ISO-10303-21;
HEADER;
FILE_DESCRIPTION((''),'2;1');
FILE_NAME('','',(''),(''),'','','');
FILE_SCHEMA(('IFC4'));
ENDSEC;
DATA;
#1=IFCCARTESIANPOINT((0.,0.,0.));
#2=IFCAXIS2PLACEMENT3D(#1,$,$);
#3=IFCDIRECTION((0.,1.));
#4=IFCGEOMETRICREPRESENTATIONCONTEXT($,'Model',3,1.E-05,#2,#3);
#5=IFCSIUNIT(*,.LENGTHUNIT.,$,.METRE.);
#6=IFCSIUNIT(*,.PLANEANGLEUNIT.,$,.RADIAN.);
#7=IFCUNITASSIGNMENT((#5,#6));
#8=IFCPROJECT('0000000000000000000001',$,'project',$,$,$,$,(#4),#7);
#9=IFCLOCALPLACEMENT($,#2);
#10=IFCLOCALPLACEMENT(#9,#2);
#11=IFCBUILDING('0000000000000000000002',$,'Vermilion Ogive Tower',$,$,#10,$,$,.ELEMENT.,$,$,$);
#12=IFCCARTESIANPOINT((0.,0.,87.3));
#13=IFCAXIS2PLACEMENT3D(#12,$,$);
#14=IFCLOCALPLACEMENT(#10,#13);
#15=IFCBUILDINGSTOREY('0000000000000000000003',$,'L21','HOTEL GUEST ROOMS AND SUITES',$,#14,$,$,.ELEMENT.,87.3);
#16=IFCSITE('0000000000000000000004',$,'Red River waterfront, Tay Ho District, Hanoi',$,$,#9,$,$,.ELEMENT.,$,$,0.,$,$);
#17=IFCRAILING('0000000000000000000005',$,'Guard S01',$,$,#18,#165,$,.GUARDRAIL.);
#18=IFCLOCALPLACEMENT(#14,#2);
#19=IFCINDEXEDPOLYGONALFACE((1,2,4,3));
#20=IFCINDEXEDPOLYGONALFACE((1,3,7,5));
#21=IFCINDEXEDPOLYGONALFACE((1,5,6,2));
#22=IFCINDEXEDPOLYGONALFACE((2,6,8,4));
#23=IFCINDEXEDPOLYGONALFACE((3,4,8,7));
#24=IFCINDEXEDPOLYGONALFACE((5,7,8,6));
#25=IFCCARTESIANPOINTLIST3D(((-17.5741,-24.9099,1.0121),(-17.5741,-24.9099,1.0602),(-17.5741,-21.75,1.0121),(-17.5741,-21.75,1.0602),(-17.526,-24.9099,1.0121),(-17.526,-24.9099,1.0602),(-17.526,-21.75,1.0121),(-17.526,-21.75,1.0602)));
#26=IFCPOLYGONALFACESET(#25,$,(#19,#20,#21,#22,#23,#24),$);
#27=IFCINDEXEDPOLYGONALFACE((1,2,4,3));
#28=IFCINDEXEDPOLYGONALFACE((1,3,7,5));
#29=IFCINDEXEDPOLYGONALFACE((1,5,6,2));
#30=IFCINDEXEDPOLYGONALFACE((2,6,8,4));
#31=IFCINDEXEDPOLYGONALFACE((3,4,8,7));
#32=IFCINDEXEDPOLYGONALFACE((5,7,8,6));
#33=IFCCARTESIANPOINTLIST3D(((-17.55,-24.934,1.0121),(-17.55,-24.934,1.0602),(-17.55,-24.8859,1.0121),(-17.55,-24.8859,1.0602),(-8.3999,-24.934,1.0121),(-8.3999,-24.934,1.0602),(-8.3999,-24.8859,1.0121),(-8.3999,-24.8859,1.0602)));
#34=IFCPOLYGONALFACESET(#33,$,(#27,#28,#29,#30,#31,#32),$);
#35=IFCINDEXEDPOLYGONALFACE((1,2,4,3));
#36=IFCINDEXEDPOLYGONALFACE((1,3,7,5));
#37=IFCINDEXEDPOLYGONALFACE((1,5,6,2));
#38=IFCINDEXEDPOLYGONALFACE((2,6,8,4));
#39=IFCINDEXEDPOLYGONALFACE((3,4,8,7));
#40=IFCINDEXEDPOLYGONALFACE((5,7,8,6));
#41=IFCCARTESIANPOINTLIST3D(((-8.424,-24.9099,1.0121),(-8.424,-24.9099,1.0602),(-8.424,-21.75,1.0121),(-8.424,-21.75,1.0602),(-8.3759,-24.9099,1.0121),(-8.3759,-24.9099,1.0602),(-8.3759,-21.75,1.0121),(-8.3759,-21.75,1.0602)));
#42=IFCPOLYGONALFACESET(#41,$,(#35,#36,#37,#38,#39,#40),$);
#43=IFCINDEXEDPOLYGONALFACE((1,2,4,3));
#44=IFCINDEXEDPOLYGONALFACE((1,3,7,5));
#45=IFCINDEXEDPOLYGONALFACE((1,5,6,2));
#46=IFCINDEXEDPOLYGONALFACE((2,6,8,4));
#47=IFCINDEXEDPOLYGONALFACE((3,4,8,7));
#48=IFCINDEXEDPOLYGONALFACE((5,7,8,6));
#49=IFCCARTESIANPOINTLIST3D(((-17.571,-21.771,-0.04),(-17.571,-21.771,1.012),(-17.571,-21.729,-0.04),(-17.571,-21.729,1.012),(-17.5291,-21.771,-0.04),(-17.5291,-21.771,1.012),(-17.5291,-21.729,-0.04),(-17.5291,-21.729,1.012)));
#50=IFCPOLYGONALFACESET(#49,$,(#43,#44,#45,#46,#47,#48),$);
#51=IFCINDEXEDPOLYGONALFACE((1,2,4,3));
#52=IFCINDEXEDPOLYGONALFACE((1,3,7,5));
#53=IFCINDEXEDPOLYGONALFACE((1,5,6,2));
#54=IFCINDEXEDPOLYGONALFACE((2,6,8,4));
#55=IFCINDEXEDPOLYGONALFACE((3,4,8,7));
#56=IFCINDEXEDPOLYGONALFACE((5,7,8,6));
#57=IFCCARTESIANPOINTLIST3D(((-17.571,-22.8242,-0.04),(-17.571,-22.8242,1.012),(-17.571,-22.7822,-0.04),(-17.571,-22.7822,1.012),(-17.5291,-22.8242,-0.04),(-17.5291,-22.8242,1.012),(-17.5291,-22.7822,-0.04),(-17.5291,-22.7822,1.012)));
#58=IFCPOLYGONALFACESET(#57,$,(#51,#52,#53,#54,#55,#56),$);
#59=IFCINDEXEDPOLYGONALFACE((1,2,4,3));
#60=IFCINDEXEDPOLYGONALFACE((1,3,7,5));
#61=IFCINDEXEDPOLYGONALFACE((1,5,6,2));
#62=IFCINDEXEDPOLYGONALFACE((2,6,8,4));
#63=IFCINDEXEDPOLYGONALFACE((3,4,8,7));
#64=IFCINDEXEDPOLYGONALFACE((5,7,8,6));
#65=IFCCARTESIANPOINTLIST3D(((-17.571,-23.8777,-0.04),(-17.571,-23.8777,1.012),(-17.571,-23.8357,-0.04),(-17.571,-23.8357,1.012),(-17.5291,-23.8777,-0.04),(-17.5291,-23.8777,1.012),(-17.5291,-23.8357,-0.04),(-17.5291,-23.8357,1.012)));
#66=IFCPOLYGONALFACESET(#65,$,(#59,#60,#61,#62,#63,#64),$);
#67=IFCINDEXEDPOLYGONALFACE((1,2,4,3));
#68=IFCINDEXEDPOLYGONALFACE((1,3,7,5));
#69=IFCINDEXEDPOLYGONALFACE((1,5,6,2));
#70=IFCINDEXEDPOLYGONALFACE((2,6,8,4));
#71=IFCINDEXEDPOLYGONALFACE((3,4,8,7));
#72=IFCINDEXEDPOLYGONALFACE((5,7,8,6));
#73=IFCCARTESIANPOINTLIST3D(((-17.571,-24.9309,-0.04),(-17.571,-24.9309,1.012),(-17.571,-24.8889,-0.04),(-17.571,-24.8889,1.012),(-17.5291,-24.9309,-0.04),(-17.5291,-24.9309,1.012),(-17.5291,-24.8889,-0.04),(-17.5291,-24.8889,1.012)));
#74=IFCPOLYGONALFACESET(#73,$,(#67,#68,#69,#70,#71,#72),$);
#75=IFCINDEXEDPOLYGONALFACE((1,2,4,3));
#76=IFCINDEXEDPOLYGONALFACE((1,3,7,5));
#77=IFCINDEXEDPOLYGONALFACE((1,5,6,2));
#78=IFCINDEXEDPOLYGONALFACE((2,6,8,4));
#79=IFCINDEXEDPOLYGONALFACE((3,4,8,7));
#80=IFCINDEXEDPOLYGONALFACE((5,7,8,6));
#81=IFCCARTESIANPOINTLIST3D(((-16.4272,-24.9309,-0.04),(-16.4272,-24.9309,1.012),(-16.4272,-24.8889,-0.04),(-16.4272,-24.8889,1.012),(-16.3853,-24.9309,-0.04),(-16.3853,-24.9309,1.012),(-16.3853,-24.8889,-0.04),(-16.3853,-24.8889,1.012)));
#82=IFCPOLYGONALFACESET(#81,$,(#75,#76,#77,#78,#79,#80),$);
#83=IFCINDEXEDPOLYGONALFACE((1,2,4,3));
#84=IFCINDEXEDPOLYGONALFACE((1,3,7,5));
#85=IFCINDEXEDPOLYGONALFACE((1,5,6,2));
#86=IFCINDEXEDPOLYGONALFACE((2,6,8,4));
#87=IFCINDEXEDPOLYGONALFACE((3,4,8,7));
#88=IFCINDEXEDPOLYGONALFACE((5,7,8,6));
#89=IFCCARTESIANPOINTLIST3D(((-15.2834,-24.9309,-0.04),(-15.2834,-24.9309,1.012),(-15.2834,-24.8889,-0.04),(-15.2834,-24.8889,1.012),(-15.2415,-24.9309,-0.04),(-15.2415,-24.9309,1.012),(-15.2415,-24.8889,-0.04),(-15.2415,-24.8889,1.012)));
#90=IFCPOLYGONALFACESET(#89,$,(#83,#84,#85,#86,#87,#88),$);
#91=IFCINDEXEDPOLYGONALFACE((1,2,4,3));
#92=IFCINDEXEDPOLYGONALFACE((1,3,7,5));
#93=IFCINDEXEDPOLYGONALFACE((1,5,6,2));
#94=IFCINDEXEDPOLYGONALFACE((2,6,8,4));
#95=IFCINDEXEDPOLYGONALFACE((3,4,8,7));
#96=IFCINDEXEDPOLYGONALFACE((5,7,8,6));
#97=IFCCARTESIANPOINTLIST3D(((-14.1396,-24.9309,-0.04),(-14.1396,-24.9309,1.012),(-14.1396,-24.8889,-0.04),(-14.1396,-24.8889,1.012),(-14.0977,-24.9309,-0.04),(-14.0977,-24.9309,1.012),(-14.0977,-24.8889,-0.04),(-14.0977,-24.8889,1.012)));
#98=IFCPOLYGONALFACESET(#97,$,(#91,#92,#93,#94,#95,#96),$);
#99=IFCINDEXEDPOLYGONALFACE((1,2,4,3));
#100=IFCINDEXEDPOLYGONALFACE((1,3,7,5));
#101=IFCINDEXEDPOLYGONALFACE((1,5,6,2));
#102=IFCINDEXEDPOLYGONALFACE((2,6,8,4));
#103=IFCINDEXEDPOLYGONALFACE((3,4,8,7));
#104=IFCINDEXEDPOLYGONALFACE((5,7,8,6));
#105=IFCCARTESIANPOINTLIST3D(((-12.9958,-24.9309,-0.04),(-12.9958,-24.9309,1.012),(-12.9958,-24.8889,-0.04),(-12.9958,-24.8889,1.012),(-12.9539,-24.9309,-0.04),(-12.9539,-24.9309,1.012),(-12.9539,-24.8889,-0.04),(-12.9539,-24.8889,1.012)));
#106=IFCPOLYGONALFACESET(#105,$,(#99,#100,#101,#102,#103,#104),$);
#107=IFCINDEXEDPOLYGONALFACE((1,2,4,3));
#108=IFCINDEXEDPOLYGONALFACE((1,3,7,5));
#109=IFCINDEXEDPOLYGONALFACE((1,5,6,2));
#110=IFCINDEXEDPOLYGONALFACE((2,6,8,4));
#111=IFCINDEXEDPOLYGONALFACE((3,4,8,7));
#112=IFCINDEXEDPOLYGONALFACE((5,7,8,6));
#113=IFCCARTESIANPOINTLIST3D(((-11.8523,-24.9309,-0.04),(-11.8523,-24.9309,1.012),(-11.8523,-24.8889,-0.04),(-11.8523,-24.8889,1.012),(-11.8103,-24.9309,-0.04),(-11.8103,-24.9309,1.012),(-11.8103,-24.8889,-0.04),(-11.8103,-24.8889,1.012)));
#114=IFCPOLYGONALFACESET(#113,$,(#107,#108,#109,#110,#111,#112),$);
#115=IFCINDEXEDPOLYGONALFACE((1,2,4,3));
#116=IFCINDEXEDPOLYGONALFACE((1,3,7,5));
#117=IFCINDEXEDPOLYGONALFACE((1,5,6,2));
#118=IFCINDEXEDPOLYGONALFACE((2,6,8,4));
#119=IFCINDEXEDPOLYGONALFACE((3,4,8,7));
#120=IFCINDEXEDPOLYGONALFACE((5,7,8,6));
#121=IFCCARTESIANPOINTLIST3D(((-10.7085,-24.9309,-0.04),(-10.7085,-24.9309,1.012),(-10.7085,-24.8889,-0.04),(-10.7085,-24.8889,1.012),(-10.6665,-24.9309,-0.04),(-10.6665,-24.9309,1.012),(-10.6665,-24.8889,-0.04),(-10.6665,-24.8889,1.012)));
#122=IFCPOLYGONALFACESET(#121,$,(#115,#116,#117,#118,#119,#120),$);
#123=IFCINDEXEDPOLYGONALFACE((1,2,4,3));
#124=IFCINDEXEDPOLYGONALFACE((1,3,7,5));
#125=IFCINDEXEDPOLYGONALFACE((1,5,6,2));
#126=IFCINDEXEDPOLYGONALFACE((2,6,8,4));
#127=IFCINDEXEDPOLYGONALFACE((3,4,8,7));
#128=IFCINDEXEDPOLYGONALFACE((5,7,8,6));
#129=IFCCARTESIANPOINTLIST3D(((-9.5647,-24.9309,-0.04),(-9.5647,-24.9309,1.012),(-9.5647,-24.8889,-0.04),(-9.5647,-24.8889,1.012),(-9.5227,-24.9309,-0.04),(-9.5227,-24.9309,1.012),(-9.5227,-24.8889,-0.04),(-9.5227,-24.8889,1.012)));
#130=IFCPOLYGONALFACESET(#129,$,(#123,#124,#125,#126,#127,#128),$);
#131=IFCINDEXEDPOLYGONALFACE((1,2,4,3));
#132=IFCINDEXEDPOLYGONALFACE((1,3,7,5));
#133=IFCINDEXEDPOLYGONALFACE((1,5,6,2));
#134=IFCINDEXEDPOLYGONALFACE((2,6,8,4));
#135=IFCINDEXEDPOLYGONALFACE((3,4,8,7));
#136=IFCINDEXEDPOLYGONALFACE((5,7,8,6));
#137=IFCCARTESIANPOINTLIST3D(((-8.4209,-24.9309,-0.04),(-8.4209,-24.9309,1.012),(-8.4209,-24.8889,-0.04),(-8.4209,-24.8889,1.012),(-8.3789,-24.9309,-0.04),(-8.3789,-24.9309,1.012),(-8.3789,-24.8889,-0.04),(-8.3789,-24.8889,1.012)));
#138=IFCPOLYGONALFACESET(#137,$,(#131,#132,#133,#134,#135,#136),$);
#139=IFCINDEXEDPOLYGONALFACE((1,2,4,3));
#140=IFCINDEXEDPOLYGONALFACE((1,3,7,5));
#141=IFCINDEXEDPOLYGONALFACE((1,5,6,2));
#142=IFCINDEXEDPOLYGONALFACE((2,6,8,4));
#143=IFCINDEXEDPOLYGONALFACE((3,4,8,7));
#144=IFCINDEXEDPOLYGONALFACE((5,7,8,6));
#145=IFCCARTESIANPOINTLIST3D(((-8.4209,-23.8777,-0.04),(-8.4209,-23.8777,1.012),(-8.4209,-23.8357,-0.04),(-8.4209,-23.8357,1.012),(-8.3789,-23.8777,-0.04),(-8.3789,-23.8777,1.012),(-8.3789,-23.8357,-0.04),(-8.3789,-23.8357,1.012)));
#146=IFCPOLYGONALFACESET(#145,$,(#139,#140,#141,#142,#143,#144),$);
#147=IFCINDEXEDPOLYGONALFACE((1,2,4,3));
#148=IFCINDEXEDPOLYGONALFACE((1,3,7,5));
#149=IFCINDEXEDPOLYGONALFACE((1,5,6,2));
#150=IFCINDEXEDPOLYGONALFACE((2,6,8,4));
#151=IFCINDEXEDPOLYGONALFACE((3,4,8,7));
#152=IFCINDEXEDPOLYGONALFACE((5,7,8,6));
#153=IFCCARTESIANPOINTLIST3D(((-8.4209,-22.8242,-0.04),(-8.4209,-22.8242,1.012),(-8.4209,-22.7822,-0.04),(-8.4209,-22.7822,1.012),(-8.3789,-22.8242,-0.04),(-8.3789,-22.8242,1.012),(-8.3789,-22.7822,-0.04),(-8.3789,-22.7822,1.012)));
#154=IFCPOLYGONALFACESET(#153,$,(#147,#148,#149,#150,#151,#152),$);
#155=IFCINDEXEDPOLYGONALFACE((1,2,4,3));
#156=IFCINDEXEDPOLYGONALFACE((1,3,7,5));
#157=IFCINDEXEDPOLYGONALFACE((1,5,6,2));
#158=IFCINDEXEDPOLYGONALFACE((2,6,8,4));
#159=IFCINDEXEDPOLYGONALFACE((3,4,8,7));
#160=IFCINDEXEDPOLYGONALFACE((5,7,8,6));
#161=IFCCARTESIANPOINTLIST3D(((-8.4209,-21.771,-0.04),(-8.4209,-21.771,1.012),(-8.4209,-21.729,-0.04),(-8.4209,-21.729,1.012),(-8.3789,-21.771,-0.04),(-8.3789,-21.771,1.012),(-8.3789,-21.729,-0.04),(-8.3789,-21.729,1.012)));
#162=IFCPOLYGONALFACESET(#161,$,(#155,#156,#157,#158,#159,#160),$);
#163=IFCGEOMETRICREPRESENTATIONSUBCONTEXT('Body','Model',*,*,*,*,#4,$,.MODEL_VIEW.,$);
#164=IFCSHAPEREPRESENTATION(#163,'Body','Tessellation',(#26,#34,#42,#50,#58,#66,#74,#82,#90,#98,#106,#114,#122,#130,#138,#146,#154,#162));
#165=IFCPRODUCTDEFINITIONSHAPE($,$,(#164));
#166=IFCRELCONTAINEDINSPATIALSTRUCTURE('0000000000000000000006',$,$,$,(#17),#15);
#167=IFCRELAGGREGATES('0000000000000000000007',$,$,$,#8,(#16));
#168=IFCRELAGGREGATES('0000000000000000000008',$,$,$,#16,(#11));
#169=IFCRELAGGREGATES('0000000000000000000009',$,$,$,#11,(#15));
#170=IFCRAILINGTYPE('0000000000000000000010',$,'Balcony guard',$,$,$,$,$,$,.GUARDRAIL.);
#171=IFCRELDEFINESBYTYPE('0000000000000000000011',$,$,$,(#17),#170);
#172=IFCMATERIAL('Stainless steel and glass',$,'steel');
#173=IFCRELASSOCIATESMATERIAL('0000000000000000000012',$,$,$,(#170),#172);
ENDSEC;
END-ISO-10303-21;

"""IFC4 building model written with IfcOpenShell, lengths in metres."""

from ifc_helpers import new_model, si_unit, direction, frame, origin, origin_2d, place, context, subcontext, project, spatial, rectangle, extrude, material, type_object, element, save


model = new_model("IFC4")

# Units and contexts
model_context = context("Model", 3, precision=1e-05, world=origin(), true_north=direction((0.0, 1.0)))
body_context = subcontext(model_context, "Body", "Model", "MODEL_VIEW")
ifc_project = project(units=[si_unit("LENGTHUNIT", "METRE"), si_unit("PLANEANGLEUNIT", "RADIAN")], contexts=[model_context])

# Site, building, storey
site_placement = place(None, origin())
site = spatial("IfcSite", under=ifc_project, at=site_placement, Name="Red River waterfront, Tay Ho District, Hanoi", CompositionType="ELEMENT", RefElevation=0.0)
building_placement = place(site_placement, origin())
building = spatial("IfcBuilding", under=site, at=building_placement, Name="Vermilion Ogive Tower", CompositionType="ELEMENT")
storey_placement = place(building_placement, frame((0.0, 0.0, 87.3)))
storey = spatial("IfcBuildingStorey", under=building, at=storey_placement, Name="L21", Description="HOTEL GUEST ROOMS AND SUITES", CompositionType="ELEMENT", Elevation=87.3)

# Railing
ifc_material_1 = material(Name="Stainless steel and glass", Category="steel")
railing_type = type_object("IfcRailingType", Name="Balcony guard", PredefinedType="GUARDRAIL", material=ifc_material_1)
railing_placement = place(storey_placement, frame((-17.55, -21.75, -0.04)))
element("IfcRailing", 1, at=railing_placement, inside=storey, type_object=railing_type, Name="Guard S01", PredefinedType="GUARDRAIL", context=body_context, shape_type="SweptSolid", body=[
    extrude(rectangle(XDim=0.0481, YDim=0.0481, at=origin_2d()), frame((0.0, 0.0, 1.0762), z_axis=(0.0, -1.0, 0.0), x_axis=(1.0, 0.0, 0.0)), (0.0, 0.0, 1.0), 3.1599),
    extrude(rectangle(XDim=0.0481, YDim=0.0481, at=origin_2d()), frame((0.0, -3.1599, 1.0762), z_axis=(1.0, 0.0, 0.0), x_axis=(0.0, 1.0, 0.0)), (0.0, 0.0, 1.0), 9.1501),
    extrude(rectangle(XDim=0.0481, YDim=0.0481, at=origin_2d()), frame((9.1501, -3.1599, 1.0762), z_axis=(0.0, 1.0, 0.0), x_axis=(-1.0, 0.0, 0.0)), (0.0, 0.0, 1.0), 3.1599),
    extrude(rectangle(XDim=0.042, YDim=0.042, at=origin_2d()), origin(), (0.0, 0.0, 1.0), 1.052),
    extrude(rectangle(XDim=0.042, YDim=0.042, at=origin_2d()), frame((0.0, -1.0532, 0.0)), (0.0, 0.0, 1.0), 1.052),
    extrude(rectangle(XDim=0.042, YDim=0.042, at=origin_2d()), frame((0.0, -2.1067, 0.0)), (0.0, 0.0, 1.0), 1.052),
    extrude(rectangle(XDim=0.042, YDim=0.042, at=origin_2d()), frame((0.0, -3.1599, 0.0)), (0.0, 0.0, 1.0), 1.052),
    extrude(rectangle(XDim=0.042, YDim=0.042, at=origin_2d()), frame((1.1438, -3.1599, 0.0)), (0.0, 0.0, 1.0), 1.052),
    extrude(rectangle(XDim=0.042, YDim=0.042, at=origin_2d()), frame((2.2876, -3.1599, 0.0)), (0.0, 0.0, 1.0), 1.052),
    extrude(rectangle(XDim=0.042, YDim=0.042, at=origin_2d()), frame((3.4314, -3.1599, 0.0)), (0.0, 0.0, 1.0), 1.052),
    extrude(rectangle(XDim=0.042, YDim=0.042, at=origin_2d()), frame((4.5752, -3.1599, 0.0)), (0.0, 0.0, 1.0), 1.052),
    extrude(rectangle(XDim=0.042, YDim=0.042, at=origin_2d()), frame((5.7188, -3.1599, 0.0)), (0.0, 0.0, 1.0), 1.052),
    extrude(rectangle(XDim=0.042, YDim=0.042, at=origin_2d()), frame((6.8625, -3.1599, 0.0)), (0.0, 0.0, 1.0), 1.052),
    extrude(rectangle(XDim=0.042, YDim=0.042, at=origin_2d()), frame((8.0063, -3.1599, 0.0)), (0.0, 0.0, 1.0), 1.052),
    extrude(rectangle(XDim=0.042, YDim=0.042, at=origin_2d()), frame((9.1501, -3.1599, 0.0)), (0.0, 0.0, 1.0), 1.052),
    extrude(rectangle(XDim=0.042, YDim=0.042, at=origin_2d()), frame((9.1501, -2.1067, 0.0)), (0.0, 0.0, 1.0), 1.052),
    extrude(rectangle(XDim=0.042, YDim=0.042, at=origin_2d()), frame((9.1501, -1.0532, 0.0)), (0.0, 0.0, 1.0), 1.052),
    extrude(rectangle(XDim=0.042, YDim=0.042, at=origin_2d()), frame((9.1501, 0.0, 0.0)), (0.0, 0.0, 1.0), 1.052),
])

save(model, "model.ifc")
